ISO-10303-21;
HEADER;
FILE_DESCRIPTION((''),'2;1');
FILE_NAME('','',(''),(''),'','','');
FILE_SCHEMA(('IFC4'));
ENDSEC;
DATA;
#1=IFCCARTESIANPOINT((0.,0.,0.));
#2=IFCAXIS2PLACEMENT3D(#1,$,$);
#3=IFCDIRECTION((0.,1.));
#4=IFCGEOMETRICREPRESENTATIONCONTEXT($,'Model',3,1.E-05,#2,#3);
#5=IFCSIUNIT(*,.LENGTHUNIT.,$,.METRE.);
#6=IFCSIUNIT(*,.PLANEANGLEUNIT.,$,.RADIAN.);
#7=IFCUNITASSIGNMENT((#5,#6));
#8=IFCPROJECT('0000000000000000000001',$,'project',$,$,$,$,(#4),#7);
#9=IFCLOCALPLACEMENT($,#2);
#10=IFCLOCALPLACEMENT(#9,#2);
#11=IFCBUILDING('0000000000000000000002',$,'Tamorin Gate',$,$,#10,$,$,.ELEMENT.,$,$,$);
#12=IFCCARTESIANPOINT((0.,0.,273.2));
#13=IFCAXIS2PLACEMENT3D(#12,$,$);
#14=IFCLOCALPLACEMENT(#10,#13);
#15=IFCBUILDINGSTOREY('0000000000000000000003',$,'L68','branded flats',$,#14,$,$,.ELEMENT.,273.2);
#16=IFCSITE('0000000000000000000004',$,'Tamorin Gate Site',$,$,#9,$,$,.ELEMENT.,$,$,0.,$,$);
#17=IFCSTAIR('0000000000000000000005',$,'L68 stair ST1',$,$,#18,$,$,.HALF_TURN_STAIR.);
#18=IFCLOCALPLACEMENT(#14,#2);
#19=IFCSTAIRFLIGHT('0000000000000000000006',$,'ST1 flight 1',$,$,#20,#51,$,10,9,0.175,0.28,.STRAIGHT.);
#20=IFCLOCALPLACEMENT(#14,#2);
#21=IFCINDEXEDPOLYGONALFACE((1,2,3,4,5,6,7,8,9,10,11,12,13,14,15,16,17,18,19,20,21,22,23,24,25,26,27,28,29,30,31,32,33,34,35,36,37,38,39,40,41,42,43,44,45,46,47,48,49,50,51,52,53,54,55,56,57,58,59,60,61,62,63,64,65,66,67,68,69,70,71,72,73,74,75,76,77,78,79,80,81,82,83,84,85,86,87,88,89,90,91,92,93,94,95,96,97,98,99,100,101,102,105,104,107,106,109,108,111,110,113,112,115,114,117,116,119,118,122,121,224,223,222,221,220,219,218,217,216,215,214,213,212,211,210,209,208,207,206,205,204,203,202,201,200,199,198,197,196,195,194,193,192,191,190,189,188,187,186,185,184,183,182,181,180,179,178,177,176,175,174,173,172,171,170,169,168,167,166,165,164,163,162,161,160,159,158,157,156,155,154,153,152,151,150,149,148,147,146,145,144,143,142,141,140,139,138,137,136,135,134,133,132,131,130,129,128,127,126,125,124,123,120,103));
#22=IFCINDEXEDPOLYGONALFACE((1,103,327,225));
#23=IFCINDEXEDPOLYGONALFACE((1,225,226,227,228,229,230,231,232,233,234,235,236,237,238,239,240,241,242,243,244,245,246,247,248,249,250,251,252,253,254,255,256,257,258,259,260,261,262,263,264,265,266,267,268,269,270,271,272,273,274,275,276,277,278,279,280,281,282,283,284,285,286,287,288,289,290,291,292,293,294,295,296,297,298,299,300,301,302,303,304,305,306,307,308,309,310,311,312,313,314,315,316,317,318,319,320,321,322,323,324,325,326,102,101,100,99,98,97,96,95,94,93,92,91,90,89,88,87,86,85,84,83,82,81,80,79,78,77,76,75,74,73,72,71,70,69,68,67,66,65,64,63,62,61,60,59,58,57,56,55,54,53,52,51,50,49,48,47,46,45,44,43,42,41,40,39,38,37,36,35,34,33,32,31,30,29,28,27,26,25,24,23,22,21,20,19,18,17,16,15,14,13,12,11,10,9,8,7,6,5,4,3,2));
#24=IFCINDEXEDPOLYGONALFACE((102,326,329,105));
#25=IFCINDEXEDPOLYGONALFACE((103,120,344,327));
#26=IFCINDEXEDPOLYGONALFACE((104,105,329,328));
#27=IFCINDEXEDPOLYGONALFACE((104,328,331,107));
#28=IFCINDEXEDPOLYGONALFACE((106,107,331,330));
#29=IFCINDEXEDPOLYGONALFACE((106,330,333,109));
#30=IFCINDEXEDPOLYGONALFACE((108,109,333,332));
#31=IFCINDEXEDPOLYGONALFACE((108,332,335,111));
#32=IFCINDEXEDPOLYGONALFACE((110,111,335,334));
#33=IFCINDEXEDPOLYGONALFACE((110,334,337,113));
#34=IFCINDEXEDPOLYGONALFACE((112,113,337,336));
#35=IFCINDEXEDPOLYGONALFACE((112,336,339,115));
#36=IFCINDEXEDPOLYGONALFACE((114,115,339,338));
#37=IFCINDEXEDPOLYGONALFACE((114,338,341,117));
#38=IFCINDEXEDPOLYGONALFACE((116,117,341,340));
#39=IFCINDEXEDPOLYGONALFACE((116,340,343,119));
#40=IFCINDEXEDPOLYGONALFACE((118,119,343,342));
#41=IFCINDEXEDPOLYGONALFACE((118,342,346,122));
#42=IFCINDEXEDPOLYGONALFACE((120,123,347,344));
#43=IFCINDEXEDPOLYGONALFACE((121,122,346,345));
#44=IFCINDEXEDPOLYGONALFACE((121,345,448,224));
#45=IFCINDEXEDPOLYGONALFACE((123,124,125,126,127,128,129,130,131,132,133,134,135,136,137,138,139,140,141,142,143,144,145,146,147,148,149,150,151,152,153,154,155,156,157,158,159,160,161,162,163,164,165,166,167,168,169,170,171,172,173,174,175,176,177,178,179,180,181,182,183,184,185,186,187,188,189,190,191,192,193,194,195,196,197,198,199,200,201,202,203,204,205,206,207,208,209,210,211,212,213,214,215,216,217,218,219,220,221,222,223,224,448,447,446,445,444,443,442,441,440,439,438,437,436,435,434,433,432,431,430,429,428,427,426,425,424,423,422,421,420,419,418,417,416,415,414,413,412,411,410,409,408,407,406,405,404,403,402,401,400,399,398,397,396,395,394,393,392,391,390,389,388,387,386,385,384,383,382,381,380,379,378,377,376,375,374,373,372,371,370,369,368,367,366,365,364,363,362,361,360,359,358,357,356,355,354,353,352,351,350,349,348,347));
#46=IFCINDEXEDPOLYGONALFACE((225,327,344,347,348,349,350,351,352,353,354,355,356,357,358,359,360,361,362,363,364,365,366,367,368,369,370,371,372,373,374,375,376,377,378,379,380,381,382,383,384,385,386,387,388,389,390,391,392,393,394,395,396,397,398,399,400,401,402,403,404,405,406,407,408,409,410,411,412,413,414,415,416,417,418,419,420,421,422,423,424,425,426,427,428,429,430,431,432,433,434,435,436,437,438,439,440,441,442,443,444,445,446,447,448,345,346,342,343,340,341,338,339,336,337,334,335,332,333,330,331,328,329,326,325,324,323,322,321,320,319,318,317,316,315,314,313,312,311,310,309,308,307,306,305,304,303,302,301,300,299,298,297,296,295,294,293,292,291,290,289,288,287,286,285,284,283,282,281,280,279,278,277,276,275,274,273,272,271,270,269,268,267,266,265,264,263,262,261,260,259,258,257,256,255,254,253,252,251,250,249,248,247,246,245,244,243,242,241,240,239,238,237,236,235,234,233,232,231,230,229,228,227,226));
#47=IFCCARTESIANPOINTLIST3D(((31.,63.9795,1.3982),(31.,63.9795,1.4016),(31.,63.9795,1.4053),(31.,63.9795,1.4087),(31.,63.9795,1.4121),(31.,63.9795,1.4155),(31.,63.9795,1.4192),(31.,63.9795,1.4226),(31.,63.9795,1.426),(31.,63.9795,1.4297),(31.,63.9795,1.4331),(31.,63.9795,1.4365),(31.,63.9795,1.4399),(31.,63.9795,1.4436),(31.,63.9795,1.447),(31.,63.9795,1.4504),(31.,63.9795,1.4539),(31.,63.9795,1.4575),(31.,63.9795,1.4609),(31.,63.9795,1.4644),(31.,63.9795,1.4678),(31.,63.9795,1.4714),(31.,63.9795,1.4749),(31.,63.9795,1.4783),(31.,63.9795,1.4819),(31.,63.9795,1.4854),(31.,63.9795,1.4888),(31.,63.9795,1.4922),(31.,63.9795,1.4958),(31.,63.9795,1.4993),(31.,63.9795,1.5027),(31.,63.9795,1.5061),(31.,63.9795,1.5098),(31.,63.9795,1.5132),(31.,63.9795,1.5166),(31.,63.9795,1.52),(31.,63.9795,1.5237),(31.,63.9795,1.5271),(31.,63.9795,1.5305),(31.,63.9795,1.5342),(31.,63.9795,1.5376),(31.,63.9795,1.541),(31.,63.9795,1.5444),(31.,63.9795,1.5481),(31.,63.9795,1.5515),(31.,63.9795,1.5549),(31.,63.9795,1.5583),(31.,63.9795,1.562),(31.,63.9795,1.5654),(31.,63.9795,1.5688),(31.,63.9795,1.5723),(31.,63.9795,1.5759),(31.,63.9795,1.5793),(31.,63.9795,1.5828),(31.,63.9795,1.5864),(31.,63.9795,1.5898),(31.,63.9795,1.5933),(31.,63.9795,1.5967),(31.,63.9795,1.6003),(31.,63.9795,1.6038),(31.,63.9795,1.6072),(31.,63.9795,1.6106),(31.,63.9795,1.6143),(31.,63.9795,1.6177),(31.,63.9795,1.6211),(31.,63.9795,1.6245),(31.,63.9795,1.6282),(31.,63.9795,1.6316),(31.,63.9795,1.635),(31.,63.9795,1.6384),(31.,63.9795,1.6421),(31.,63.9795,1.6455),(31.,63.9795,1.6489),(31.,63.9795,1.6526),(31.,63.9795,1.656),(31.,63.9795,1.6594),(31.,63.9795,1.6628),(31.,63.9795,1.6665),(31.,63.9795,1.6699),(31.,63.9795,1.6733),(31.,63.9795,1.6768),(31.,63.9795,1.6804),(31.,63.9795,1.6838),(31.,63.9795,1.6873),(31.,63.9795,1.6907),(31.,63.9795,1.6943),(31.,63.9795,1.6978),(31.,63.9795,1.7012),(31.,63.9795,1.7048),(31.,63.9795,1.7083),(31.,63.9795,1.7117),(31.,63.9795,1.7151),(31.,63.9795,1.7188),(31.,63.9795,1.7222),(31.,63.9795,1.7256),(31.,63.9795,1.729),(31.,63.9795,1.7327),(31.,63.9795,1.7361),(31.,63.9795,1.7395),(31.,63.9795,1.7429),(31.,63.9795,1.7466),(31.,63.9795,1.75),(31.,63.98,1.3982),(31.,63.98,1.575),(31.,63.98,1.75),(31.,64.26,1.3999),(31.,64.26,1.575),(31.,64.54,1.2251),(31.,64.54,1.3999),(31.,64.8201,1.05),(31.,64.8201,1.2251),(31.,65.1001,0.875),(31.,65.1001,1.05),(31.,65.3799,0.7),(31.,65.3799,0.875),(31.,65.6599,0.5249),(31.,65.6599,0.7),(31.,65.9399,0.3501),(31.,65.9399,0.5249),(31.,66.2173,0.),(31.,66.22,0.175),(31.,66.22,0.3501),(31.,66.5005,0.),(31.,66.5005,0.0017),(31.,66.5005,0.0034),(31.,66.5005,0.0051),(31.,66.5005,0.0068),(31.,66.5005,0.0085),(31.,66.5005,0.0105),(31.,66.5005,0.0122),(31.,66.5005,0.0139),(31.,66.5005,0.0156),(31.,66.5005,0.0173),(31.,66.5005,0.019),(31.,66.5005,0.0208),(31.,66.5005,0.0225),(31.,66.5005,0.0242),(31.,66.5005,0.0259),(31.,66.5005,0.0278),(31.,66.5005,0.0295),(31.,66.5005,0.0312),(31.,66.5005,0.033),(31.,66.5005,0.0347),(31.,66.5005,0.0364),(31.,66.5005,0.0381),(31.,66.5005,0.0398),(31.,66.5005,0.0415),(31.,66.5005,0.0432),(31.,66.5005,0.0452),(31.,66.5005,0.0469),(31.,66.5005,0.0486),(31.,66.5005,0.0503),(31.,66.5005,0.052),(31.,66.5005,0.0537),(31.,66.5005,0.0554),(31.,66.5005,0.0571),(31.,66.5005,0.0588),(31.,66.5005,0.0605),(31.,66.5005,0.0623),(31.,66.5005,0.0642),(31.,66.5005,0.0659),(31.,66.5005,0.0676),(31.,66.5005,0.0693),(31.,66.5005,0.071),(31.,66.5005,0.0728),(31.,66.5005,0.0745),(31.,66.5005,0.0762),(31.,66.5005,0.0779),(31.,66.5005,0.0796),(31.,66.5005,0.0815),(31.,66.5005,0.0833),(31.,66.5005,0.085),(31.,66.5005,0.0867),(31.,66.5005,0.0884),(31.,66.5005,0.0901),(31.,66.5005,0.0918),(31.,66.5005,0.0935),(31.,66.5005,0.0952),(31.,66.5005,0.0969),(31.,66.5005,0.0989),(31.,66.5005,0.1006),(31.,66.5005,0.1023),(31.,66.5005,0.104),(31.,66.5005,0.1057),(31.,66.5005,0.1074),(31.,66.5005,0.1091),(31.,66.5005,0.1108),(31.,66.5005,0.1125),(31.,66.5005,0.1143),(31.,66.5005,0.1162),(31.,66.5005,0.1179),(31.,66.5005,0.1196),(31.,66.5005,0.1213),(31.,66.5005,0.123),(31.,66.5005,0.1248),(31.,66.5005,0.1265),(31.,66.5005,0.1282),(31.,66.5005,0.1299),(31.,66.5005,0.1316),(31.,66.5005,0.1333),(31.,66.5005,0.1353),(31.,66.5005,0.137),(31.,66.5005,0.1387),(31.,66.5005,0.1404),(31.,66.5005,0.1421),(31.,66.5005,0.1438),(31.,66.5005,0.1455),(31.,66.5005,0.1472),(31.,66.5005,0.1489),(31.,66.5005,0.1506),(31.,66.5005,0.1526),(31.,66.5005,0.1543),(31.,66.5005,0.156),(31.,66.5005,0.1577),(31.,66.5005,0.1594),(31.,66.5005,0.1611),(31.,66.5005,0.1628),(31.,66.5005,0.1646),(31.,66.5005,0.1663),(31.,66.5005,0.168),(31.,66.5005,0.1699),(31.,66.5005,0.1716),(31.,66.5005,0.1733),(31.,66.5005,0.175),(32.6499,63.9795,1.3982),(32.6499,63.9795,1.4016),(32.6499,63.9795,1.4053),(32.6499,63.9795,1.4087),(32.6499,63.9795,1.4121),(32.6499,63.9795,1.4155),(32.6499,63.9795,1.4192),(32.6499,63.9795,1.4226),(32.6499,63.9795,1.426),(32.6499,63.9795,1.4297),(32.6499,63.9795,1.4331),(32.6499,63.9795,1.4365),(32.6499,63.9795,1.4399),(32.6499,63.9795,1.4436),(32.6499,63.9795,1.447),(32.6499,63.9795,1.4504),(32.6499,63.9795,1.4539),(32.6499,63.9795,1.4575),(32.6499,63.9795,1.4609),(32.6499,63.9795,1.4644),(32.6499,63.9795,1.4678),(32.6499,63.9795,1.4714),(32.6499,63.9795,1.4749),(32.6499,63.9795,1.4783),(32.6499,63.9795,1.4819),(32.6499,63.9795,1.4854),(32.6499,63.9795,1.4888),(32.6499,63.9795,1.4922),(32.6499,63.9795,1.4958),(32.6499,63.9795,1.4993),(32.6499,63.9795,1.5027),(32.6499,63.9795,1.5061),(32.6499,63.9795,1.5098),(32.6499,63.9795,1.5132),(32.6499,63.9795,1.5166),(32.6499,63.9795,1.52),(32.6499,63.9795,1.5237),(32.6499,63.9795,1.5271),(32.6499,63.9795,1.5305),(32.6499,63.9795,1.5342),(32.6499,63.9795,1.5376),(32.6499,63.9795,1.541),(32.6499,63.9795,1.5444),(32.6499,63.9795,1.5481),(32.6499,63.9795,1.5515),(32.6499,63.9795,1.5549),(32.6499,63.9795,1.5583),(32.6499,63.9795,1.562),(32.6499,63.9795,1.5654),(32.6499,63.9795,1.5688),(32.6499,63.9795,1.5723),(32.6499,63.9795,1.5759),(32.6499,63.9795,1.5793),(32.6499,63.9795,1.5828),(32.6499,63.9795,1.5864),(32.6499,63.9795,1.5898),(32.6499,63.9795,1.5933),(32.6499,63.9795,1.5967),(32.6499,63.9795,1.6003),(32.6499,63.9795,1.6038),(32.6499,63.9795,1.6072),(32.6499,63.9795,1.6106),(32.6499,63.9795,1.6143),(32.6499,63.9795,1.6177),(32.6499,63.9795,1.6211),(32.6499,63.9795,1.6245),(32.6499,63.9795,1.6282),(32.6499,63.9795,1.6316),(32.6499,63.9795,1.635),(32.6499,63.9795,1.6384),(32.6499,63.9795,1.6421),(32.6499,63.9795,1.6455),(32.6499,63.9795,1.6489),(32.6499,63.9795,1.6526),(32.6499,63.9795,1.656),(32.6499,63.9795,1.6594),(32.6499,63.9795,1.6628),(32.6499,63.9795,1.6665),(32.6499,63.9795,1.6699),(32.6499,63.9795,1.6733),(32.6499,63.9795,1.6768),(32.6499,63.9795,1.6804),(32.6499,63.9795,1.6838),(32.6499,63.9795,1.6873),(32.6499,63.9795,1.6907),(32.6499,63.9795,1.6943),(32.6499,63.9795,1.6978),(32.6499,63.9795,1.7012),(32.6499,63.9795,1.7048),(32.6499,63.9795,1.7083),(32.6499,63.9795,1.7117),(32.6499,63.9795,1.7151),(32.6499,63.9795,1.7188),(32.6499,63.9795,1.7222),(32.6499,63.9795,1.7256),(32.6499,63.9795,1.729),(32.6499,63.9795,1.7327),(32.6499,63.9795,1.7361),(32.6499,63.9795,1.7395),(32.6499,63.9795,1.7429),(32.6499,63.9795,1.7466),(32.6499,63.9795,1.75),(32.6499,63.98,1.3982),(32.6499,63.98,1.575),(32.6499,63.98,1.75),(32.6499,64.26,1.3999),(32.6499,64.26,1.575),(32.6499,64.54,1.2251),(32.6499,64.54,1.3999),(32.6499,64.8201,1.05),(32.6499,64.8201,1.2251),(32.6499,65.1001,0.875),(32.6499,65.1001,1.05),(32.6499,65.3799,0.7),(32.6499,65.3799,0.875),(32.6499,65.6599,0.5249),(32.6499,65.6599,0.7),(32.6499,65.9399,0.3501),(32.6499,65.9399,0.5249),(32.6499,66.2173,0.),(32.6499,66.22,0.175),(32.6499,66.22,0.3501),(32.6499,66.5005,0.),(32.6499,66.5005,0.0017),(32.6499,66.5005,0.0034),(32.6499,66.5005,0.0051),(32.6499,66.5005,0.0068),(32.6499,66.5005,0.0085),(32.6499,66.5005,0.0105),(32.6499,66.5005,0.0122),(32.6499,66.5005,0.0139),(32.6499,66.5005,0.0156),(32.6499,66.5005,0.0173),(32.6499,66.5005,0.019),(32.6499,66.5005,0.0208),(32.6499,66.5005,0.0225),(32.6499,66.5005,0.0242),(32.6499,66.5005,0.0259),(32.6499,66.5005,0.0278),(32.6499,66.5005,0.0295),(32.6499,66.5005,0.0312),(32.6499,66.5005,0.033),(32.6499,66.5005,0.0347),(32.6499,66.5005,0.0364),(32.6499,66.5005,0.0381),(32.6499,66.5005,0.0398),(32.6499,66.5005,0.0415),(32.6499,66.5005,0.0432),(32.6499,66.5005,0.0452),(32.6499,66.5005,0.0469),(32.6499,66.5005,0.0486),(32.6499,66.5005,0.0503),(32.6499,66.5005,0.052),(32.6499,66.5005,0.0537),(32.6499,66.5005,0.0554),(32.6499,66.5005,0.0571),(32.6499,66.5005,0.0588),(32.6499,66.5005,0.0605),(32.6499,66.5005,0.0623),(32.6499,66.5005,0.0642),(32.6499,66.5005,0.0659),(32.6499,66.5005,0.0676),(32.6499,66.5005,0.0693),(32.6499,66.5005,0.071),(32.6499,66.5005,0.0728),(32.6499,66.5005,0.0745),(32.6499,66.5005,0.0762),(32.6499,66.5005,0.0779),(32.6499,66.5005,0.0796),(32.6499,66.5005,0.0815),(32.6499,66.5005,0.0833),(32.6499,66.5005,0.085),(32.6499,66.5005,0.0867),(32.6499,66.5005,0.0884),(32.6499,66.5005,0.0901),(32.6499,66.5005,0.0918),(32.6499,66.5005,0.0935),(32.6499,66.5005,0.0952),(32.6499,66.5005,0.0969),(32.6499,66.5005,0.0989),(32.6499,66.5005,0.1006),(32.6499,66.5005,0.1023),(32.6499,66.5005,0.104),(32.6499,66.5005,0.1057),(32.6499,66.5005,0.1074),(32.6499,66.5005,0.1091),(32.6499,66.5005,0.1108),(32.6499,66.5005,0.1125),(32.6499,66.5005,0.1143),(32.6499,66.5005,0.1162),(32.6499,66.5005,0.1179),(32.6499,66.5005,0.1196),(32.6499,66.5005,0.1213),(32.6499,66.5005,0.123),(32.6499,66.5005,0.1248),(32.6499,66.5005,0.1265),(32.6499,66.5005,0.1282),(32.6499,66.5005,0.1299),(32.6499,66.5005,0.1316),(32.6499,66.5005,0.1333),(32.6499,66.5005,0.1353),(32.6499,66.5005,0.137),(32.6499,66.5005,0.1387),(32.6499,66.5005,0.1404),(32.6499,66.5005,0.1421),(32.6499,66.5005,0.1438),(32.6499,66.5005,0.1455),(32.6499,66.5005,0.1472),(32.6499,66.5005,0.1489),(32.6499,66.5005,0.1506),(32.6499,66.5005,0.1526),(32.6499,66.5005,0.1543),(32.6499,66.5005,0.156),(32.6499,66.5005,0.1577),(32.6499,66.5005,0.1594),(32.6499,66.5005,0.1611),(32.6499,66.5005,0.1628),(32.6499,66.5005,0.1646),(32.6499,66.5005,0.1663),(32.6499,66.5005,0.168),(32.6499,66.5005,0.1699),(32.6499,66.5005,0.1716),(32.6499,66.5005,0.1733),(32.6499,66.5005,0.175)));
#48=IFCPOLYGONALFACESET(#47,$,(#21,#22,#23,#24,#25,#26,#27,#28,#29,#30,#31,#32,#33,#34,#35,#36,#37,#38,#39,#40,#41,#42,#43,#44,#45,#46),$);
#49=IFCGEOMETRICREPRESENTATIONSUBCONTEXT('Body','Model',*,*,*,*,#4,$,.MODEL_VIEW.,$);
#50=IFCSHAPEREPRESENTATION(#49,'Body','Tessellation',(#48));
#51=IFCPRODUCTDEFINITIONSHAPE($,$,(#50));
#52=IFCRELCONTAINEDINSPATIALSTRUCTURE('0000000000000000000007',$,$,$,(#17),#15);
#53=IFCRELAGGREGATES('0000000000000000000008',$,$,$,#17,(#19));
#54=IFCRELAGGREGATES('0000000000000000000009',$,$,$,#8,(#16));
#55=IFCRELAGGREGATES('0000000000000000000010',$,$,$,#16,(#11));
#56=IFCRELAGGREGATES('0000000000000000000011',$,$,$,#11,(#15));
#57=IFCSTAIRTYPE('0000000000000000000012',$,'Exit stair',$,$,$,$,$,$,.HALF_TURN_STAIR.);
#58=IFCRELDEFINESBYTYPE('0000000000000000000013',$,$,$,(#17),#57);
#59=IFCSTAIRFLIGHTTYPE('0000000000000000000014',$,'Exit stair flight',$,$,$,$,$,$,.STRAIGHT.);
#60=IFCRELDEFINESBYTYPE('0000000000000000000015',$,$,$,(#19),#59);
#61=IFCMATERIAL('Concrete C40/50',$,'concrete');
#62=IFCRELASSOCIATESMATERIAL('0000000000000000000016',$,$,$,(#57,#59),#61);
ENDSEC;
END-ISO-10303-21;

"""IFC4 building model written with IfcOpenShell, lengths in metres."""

from ifc_helpers import new_model, si_unit, direction, frame, origin, place, context, subcontext, project, spatial, polyline, outline, extrude, material, type_object, element, aggregate, save


model = new_model("IFC4")

# Units and contexts
model_context = context("Model", 3, precision=1e-05, world=origin(), true_north=direction((0.0, 1.0)))
body_context = subcontext(model_context, "Body", "Model", "MODEL_VIEW")
ifc_project = project(units=[si_unit("LENGTHUNIT", "METRE"), si_unit("PLANEANGLEUNIT", "RADIAN")], contexts=[model_context])

# Site, building, storey
site_placement = place(None, origin())
site = spatial("IfcSite", under=ifc_project, at=site_placement, Name="Tamorin Gate Site", CompositionType="ELEMENT", RefElevation=0.0)
building_placement = place(site_placement, origin())
building = spatial("IfcBuilding", under=site, at=building_placement, Name="Tamorin Gate", CompositionType="ELEMENT")
storey_placement = place(building_placement, frame((0.0, 0.0, 273.2)))
storey = spatial("IfcBuildingStorey", under=building, at=storey_placement, Name="L68", Description="branded flats", CompositionType="ELEMENT", Elevation=273.2)

# Shared definitions
ifc_material_1 = material(Name="Concrete C40/50", Category="concrete")

# Stair, stair flight
stair_type = type_object("IfcStairType", Name="Exit stair", PredefinedType="HALF_TURN_STAIR", material=ifc_material_1)
stair_1_placement = place(storey_placement, origin())
stair_1 = element("IfcStair", 1, at=stair_1_placement, inside=storey, type_object=stair_type, Name="L68 stair ST1", PredefinedType="HALF_TURN_STAIR")
stair_flight_type = type_object("IfcStairFlightType", Name="Exit stair flight", PredefinedType="STRAIGHT", material=ifc_material_1)
stair_flight_1_placement = place(storey_placement, frame((31.825, 66.5, 0.0), z_axis=(0.0, 0.0, 1.0), x_axis=(0.0, -1.0, 0.0)))
stair_flight_1 = element("IfcStairFlight", 2, at=stair_flight_1_placement, type_object=stair_flight_type, Name="ST1 flight 1", NumberOfRisers=10, NumberOfTreads=9, PredefinedType="STRAIGHT", RiserHeight=0.175, TreadLength=0.28, context=body_context, shape_type="SweptSolid", body=[
    extrude(outline(polyline([(-0.0005, 0.0), (-0.0005, 0.0017), (-0.0005, 0.0034), (-0.0005, 0.0051), (-0.0005, 0.0068), (-0.0005, 0.0085), (-0.0005, 0.0105), (-0.0005, 0.0122), (-0.0005, 0.0139), (-0.0005, 0.0156), (-0.0005, 0.0173), (-0.0005, 0.019), (-0.0005, 0.0208), (-0.0005, 0.0225), (-0.0005, 0.0242), (-0.0005, 0.0259), (-0.0005, 0.0278), (-0.0005, 0.0295), (-0.0005, 0.0312), (-0.0005, 0.033), (-0.0005, 0.0347), (-0.0005, 0.0364), (-0.0005, 0.0381), (-0.0005, 0.0398), (-0.0005, 0.0415), (-0.0005, 0.0432), (-0.0005, 0.0452), (-0.0005, 0.0469), (-0.0005, 0.0486), (-0.0005, 0.0503), (-0.0005, 0.052), (-0.0005, 0.0537), (-0.0005, 0.0554), (-0.0005, 0.0571), (-0.0005, 0.0588), (-0.0005, 0.0605), (-0.0005, 0.0623), (-0.0005, 0.0642), (-0.0005, 0.0659), (-0.0005, 0.0676), (-0.0005, 0.0693), (-0.0005, 0.071), (-0.0005, 0.0728), (-0.0005, 0.0745), (-0.0005, 0.0762), (-0.0005, 0.0779), (-0.0005, 0.0796), (-0.0005, 0.0815), (-0.0005, 0.0833), (-0.0005, 0.085), (-0.0005, 0.0867), (-0.0005, 0.0884), (-0.0005, 0.0901), (-0.0005, 0.0918), (-0.0005, 0.0935), (-0.0005, 0.0952), (-0.0005, 0.0969), (-0.0005, 0.0989), (-0.0005, 0.1006), (-0.0005, 0.1023), (-0.0005, 0.104), (-0.0005, 0.1057), (-0.0005, 0.1074), (-0.0005, 0.1091), (-0.0005, 0.1108), (-0.0005, 0.1125), (-0.0005, 0.1143), (-0.0005, 0.1162), (-0.0005, 0.1179), (-0.0005, 0.1196), (-0.0005, 0.1213), (-0.0005, 0.123), (-0.0005, 0.1248), (-0.0005, 0.1265), (-0.0005, 0.1282), (-0.0005, 0.1299), (-0.0005, 0.1316), (-0.0005, 0.1333), (-0.0005, 0.1353), (-0.0005, 0.137), (-0.0005, 0.1387), (-0.0005, 0.1404), (-0.0005, 0.1421), (-0.0005, 0.1438), (-0.0005, 0.1455), (-0.0005, 0.1472), (-0.0005, 0.1489), (-0.0005, 0.1506), (-0.0005, 0.1526), (-0.0005, 0.1543), (-0.0005, 0.156), (-0.0005, 0.1577), (-0.0005, 0.1594), (-0.0005, 0.1611), (-0.0005, 0.1628), (-0.0005, 0.1646), (-0.0005, 0.1663), (-0.0005, 0.168), (-0.0005, 0.1699), (-0.0005, 0.1716), (-0.0005, 0.1733), (-0.0005, 0.175), (0.28, 0.175), (0.28, 0.3501), (0.5601, 0.3501), (0.5601, 0.5249), (0.8401, 0.5249), (0.8401, 0.7), (1.1201, 0.7), (1.1201, 0.875), (1.3999, 0.875), (1.3999, 1.05), (1.6799, 1.05), (1.6799, 1.2251), (1.96, 1.2251), (1.96, 1.3999), (2.24, 1.3999), (2.24, 1.575), (2.52, 1.575), (2.52, 1.75), (2.5205, 1.75), (2.5205, 1.7466), (2.5205, 1.7429), (2.5205, 1.7395), (2.5205, 1.7361), (2.5205, 1.7327), (2.5205, 1.729), (2.5205, 1.7256), (2.5205, 1.7222), (2.5205, 1.7188), (2.5205, 1.7151), (2.5205, 1.7117), (2.5205, 1.7083), (2.5205, 1.7048), (2.5205, 1.7012), (2.5205, 1.6978), (2.5205, 1.6943), (2.5205, 1.6907), (2.5205, 1.6873), (2.5205, 1.6838), (2.5205, 1.6804), (2.5205, 1.6768), (2.5205, 1.6733), (2.5205, 1.6699), (2.5205, 1.6665), (2.5205, 1.6628), (2.5205, 1.6594), (2.5205, 1.656), (2.5205, 1.6526), (2.5205, 1.6489), (2.5205, 1.6455), (2.5205, 1.6421), (2.5205, 1.6384), (2.5205, 1.635), (2.5205, 1.6316), (2.5205, 1.6282), (2.5205, 1.6245), (2.5205, 1.6211), (2.5205, 1.6177), (2.5205, 1.6143), (2.5205, 1.6106), (2.5205, 1.6072), (2.5205, 1.6038), (2.5205, 1.6003), (2.5205, 1.5967), (2.5205, 1.5933), (2.5205, 1.5898), (2.5205, 1.5864), (2.5205, 1.5828), (2.5205, 1.5793), (2.5205, 1.5759), (2.5205, 1.5723), (2.5205, 1.5688), (2.5205, 1.5654), (2.5205, 1.562), (2.5205, 1.5583), (2.5205, 1.5549), (2.5205, 1.5515), (2.5205, 1.5481), (2.5205, 1.5444), (2.5205, 1.541), (2.5205, 1.5376), (2.5205, 1.5342), (2.5205, 1.5305), (2.5205, 1.5271), (2.5205, 1.5237), (2.5205, 1.52), (2.5205, 1.5166), (2.5205, 1.5132), (2.5205, 1.5098), (2.5205, 1.5061), (2.5205, 1.5027), (2.5205, 1.4993), (2.5205, 1.4958), (2.5205, 1.4922), (2.5205, 1.4888), (2.5205, 1.4854), (2.5205, 1.4819), (2.5205, 1.4783), (2.5205, 1.4749), (2.5205, 1.4714), (2.5205, 1.4678), (2.5205, 1.4644), (2.5205, 1.4609), (2.5205, 1.4575), (2.5205, 1.4539), (2.5205, 1.4504), (2.5205, 1.447), (2.5205, 1.4436), (2.5205, 1.4399), (2.5205, 1.4365), (2.5205, 1.4331), (2.5205, 1.4297), (2.5205, 1.426), (2.5205, 1.4226), (2.5205, 1.4192), (2.5205, 1.4155), (2.5205, 1.4121), (2.5205, 1.4087), (2.5205, 1.4053), (2.5205, 1.4016), (2.5205, 1.3982), (2.52, 1.3982), (0.2827, 0.0), (-0.0005, 0.0)])), frame((0.0, 0.825, 0.0), z_axis=(0.0, -1.0, 0.0), x_axis=(1.0, 0.0, 0.0)), (0.0, 0.0, 1.0), 1.6499),
])
aggregate(stair_1, [stair_flight_1])

save(model, "model.ifc")
